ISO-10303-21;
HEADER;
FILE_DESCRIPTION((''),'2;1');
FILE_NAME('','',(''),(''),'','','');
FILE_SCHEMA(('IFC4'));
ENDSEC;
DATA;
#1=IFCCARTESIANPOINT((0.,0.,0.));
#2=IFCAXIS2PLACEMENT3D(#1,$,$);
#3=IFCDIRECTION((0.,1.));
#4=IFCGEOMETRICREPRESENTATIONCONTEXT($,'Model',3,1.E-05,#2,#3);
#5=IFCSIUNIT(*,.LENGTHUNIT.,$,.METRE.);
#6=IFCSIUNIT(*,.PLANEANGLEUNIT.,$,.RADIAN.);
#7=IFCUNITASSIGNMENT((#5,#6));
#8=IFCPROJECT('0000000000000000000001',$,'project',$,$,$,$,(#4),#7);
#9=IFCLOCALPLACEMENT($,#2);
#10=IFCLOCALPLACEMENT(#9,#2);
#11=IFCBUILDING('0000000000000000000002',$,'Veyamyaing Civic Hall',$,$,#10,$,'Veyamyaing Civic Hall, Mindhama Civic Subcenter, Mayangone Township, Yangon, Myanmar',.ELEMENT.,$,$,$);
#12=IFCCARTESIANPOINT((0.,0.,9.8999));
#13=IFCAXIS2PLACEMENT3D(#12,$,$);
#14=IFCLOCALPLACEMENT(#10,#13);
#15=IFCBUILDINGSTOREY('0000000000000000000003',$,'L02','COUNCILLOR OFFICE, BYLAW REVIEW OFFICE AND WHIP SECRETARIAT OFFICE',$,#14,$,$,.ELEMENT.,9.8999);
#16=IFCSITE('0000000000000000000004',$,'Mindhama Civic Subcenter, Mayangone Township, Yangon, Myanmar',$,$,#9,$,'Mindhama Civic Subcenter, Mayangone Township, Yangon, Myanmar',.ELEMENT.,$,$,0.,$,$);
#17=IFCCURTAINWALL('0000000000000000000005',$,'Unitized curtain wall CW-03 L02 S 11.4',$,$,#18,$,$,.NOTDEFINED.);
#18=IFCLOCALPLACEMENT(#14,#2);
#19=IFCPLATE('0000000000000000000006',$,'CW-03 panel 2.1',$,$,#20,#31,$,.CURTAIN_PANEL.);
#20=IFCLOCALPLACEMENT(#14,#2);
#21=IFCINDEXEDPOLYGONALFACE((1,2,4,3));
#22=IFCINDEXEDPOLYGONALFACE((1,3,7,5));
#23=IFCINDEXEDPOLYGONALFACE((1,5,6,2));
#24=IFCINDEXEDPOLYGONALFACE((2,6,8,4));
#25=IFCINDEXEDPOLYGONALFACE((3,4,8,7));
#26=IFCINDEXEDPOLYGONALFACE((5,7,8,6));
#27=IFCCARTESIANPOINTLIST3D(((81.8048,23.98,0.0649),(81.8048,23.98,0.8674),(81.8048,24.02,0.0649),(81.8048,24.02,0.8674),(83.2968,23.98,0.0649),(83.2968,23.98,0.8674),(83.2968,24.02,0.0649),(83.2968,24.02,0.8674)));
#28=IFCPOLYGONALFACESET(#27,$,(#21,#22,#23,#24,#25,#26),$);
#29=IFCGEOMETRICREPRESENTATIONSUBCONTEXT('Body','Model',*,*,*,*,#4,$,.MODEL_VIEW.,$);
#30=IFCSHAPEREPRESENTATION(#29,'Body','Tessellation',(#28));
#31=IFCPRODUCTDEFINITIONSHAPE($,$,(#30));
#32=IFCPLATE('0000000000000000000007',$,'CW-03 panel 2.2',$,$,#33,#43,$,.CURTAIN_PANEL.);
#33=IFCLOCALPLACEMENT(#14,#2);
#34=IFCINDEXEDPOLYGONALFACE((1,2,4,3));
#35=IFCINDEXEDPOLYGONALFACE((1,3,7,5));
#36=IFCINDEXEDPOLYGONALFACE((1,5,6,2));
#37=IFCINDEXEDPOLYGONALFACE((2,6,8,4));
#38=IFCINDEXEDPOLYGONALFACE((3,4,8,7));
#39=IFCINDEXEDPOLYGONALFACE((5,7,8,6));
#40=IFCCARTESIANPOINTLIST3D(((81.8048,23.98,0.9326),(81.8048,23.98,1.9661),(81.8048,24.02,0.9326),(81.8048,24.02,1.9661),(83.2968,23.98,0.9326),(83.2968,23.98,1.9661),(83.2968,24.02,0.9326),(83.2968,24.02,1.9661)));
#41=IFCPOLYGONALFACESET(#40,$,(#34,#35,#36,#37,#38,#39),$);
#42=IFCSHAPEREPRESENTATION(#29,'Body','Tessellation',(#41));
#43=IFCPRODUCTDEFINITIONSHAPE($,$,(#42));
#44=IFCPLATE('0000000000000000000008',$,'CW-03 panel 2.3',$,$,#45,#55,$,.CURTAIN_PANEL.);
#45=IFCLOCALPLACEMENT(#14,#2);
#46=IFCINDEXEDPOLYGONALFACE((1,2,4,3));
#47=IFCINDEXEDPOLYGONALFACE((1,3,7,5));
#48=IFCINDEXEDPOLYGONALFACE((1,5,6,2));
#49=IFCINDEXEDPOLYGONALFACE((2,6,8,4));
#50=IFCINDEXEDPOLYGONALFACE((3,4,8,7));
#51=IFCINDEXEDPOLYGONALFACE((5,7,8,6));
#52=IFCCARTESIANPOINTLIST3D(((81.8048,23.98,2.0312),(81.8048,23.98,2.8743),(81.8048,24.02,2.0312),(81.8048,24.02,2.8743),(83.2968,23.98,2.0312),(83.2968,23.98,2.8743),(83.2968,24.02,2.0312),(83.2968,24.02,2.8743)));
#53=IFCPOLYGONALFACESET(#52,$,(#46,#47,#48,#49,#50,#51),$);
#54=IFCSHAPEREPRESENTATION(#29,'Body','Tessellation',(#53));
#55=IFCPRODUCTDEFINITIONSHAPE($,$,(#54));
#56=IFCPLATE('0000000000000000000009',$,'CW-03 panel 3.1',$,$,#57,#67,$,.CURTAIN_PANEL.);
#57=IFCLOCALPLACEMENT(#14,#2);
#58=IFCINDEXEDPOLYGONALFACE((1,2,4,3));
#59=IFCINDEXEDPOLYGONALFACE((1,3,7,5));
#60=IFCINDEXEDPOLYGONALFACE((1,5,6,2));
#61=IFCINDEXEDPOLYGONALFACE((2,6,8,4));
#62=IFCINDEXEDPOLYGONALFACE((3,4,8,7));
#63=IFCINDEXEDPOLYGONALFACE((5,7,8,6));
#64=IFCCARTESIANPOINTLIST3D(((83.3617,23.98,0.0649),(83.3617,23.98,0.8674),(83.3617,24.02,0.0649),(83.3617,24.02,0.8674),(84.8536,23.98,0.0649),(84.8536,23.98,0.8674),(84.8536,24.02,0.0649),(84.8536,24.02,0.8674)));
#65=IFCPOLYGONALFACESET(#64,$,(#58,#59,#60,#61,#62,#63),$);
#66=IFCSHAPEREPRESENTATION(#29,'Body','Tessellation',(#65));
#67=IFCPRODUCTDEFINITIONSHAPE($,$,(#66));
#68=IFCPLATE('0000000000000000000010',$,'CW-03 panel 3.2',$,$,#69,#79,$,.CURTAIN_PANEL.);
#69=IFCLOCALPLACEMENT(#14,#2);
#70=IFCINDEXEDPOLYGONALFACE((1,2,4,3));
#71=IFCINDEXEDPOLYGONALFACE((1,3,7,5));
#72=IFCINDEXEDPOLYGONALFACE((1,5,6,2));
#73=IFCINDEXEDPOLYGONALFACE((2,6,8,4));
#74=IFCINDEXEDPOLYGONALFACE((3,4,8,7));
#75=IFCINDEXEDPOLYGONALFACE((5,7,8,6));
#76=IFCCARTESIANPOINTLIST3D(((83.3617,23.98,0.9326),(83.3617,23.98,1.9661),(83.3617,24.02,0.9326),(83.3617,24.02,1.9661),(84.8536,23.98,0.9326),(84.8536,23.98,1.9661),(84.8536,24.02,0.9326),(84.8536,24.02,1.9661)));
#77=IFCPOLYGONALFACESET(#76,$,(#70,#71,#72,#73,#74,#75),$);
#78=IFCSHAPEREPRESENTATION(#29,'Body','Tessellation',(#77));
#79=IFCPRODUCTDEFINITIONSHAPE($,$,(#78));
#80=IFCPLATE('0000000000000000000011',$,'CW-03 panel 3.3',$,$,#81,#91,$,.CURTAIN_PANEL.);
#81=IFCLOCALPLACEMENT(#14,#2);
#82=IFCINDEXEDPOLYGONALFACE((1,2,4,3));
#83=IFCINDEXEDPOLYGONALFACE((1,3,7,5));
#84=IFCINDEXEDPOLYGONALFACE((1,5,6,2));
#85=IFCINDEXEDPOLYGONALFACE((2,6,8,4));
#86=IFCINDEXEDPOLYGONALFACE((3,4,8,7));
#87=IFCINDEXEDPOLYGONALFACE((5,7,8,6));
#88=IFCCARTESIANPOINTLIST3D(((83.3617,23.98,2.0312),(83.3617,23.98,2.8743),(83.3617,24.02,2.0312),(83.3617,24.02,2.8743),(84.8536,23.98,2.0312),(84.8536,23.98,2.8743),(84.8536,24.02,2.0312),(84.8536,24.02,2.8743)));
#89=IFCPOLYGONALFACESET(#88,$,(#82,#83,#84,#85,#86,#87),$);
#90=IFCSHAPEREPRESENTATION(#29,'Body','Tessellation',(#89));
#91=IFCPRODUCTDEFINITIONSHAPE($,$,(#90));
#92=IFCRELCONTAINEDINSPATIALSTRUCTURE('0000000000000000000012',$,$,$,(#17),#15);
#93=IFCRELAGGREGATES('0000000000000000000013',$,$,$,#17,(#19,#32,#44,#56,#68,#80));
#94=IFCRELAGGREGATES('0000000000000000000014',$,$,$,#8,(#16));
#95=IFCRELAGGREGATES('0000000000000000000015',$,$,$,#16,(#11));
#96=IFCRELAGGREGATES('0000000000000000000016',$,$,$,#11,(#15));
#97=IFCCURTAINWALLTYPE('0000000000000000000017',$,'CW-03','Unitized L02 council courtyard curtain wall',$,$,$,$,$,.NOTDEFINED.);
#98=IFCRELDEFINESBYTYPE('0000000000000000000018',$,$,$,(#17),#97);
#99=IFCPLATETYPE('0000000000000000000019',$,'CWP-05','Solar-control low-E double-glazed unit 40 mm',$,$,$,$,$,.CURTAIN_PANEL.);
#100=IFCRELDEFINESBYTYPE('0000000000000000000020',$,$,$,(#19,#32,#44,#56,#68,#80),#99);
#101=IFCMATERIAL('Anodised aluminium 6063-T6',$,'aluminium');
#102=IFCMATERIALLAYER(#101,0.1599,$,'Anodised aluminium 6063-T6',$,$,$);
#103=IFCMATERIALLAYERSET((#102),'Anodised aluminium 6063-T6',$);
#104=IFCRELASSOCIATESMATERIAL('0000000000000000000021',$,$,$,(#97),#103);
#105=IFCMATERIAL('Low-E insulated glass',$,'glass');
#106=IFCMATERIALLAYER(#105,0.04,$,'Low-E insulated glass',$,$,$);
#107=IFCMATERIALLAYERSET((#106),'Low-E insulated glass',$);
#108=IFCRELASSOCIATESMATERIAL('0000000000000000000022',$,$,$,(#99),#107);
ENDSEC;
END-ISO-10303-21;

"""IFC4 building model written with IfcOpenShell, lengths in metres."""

from ifc_helpers import new_model, si_unit, direction, frame, origin, origin_2d, place, context, subcontext, project, spatial, rectangle, extrude, material, layer, layer_set, type_object, element, aggregate, save


model = new_model("IFC4")

# Units and contexts
model_context = context("Model", 3, precision=1e-05, world=origin(), true_north=direction((0.0, 1.0)))
body_context = subcontext(model_context, "Body", "Model", "MODEL_VIEW")
ifc_project = project(units=[si_unit("LENGTHUNIT", "METRE"), si_unit("PLANEANGLEUNIT", "RADIAN")], contexts=[model_context])

# Site, building, storey
site_placement = place(None, origin())
site = spatial("IfcSite", under=ifc_project, at=site_placement, Name="Mindhama Civic Subcenter, Mayangone Township, Yangon, Myanmar", LongName="Mindhama Civic Subcenter, Mayangone Township, Yangon, Myanmar", CompositionType="ELEMENT", RefElevation=0.0)
building_placement = place(site_placement, origin())
building = spatial("IfcBuilding", under=site, at=building_placement, Name="Veyamyaing Civic Hall", LongName="Veyamyaing Civic Hall, Mindhama Civic Subcenter, Mayangone Township, Yangon, Myanmar", CompositionType="ELEMENT")
storey_placement = place(building_placement, frame((0.0, 0.0, 9.8999)))
storey = spatial("IfcBuildingStorey", under=building, at=storey_placement, Name="L02", Description="COUNCILLOR OFFICE, BYLAW REVIEW OFFICE AND WHIP SECRETARIAT OFFICE", CompositionType="ELEMENT", Elevation=9.8999)

# Curtain wall, plates
ifc_material_1 = material(Name="Anodised aluminium 6063-T6", Category="aluminium")
ifc_layer_1 = layer(ifc_material_1, 0.1599, Name="Anodised aluminium 6063-T6")
ifc_layer_set_1 = layer_set([ifc_layer_1], Name="Anodised aluminium 6063-T6")
curtain_wall_type = type_object("IfcCurtainWallType", Name="CW-03", Description="Unitized L02 council courtyard curtain wall", PredefinedType="NOTDEFINED", material=ifc_layer_set_1)
curtain_wall_placement = place(storey_placement, origin())
curtain_wall = element("IfcCurtainWall", 1, at=curtain_wall_placement, inside=storey, type_object=curtain_wall_type, Name="Unitized curtain wall CW-03 L02 S 11.4", PredefinedType="NOTDEFINED")
ifc_material_2 = material(Name="Low-E insulated glass", Category="glass")
ifc_layer_2 = layer(ifc_material_2, 0.04, Name="Low-E insulated glass")
ifc_layer_set_2 = layer_set([ifc_layer_2], Name="Low-E insulated glass")
plate_type = type_object("IfcPlateType", Name="CWP-05", Description="Solar-control low-E double-glazed unit 40 mm", PredefinedType="CURTAIN_PANEL", material=ifc_layer_set_2)
plate_1_placement = place(storey_placement, frame((82.5508, 24.0, 0.0649), z_axis=(0.0, 0.0, 1.0), x_axis=(1.0, 0.0, 0.0)))
plate_1 = element("IfcPlate", 2, at=plate_1_placement, type_object=plate_type, Name="CW-03 panel 2.1", PredefinedType="CURTAIN_PANEL", context=body_context, shape_type="SweptSolid", body=[
    extrude(rectangle(XDim=1.4919, YDim=0.04, at=origin_2d()), origin(), (0.0, 0.0, 1.0), 0.8025),
])
plate_2_placement = place(storey_placement, frame((82.5508, 24.0, 0.9326), z_axis=(0.0, 0.0, 1.0), x_axis=(1.0, 0.0, 0.0)))
plate_2 = element("IfcPlate", 3, at=plate_2_placement, type_object=plate_type, Name="CW-03 panel 2.2", PredefinedType="CURTAIN_PANEL", context=body_context, shape_type="SweptSolid", body=[
    extrude(rectangle(XDim=1.4919, YDim=0.04, at=origin_2d()), origin(), (0.0, 0.0, 1.0), 1.0334),
])
plate_3_placement = place(storey_placement, frame((82.5508, 24.0, 2.0312), z_axis=(0.0, 0.0, 1.0), x_axis=(1.0, 0.0, 0.0)))
plate_3 = element("IfcPlate", 4, at=plate_3_placement, type_object=plate_type, Name="CW-03 panel 2.3", PredefinedType="CURTAIN_PANEL", context=body_context, shape_type="SweptSolid", body=[
    extrude(rectangle(XDim=1.4919, YDim=0.04, at=origin_2d()), origin(), (0.0, 0.0, 1.0), 0.843),
])
plate_4_placement = place(storey_placement, frame((84.1077, 24.0, 0.0649), z_axis=(0.0, 0.0, 1.0), x_axis=(1.0, 0.0, 0.0)))
plate_4 = element("IfcPlate", 5, at=plate_4_placement, type_object=plate_type, Name="CW-03 panel 3.1", PredefinedType="CURTAIN_PANEL", context=body_context, shape_type="SweptSolid", body=[
    extrude(rectangle(XDim=1.4919, YDim=0.04, at=origin_2d()), origin(), (0.0, 0.0, 1.0), 0.8025),
])
plate_5_placement = place(storey_placement, frame((84.1077, 24.0, 0.9326), z_axis=(0.0, 0.0, 1.0), x_axis=(1.0, 0.0, 0.0)))
plate_5 = element("IfcPlate", 6, at=plate_5_placement, type_object=plate_type, Name="CW-03 panel 3.2", PredefinedType="CURTAIN_PANEL", context=body_context, shape_type="SweptSolid", body=[
    extrude(rectangle(XDim=1.4919, YDim=0.04, at=origin_2d()), origin(), (0.0, 0.0, 1.0), 1.0334),
])
plate_6_placement = place(storey_placement, frame((84.1077, 24.0, 2.0312), z_axis=(0.0, 0.0, 1.0), x_axis=(1.0, 0.0, 0.0)))
plate_6 = element("IfcPlate", 7, at=plate_6_placement, type_object=plate_type, Name="CW-03 panel 3.3", PredefinedType="CURTAIN_PANEL", context=body_context, shape_type="SweptSolid", body=[
    extrude(rectangle(XDim=1.4919, YDim=0.04, at=origin_2d()), origin(), (0.0, 0.0, 1.0), 0.843),
])
aggregate(curtain_wall, [plate_1, plate_2, plate_3, plate_4, plate_5, plate_6])

save(model, "model.ifc")
